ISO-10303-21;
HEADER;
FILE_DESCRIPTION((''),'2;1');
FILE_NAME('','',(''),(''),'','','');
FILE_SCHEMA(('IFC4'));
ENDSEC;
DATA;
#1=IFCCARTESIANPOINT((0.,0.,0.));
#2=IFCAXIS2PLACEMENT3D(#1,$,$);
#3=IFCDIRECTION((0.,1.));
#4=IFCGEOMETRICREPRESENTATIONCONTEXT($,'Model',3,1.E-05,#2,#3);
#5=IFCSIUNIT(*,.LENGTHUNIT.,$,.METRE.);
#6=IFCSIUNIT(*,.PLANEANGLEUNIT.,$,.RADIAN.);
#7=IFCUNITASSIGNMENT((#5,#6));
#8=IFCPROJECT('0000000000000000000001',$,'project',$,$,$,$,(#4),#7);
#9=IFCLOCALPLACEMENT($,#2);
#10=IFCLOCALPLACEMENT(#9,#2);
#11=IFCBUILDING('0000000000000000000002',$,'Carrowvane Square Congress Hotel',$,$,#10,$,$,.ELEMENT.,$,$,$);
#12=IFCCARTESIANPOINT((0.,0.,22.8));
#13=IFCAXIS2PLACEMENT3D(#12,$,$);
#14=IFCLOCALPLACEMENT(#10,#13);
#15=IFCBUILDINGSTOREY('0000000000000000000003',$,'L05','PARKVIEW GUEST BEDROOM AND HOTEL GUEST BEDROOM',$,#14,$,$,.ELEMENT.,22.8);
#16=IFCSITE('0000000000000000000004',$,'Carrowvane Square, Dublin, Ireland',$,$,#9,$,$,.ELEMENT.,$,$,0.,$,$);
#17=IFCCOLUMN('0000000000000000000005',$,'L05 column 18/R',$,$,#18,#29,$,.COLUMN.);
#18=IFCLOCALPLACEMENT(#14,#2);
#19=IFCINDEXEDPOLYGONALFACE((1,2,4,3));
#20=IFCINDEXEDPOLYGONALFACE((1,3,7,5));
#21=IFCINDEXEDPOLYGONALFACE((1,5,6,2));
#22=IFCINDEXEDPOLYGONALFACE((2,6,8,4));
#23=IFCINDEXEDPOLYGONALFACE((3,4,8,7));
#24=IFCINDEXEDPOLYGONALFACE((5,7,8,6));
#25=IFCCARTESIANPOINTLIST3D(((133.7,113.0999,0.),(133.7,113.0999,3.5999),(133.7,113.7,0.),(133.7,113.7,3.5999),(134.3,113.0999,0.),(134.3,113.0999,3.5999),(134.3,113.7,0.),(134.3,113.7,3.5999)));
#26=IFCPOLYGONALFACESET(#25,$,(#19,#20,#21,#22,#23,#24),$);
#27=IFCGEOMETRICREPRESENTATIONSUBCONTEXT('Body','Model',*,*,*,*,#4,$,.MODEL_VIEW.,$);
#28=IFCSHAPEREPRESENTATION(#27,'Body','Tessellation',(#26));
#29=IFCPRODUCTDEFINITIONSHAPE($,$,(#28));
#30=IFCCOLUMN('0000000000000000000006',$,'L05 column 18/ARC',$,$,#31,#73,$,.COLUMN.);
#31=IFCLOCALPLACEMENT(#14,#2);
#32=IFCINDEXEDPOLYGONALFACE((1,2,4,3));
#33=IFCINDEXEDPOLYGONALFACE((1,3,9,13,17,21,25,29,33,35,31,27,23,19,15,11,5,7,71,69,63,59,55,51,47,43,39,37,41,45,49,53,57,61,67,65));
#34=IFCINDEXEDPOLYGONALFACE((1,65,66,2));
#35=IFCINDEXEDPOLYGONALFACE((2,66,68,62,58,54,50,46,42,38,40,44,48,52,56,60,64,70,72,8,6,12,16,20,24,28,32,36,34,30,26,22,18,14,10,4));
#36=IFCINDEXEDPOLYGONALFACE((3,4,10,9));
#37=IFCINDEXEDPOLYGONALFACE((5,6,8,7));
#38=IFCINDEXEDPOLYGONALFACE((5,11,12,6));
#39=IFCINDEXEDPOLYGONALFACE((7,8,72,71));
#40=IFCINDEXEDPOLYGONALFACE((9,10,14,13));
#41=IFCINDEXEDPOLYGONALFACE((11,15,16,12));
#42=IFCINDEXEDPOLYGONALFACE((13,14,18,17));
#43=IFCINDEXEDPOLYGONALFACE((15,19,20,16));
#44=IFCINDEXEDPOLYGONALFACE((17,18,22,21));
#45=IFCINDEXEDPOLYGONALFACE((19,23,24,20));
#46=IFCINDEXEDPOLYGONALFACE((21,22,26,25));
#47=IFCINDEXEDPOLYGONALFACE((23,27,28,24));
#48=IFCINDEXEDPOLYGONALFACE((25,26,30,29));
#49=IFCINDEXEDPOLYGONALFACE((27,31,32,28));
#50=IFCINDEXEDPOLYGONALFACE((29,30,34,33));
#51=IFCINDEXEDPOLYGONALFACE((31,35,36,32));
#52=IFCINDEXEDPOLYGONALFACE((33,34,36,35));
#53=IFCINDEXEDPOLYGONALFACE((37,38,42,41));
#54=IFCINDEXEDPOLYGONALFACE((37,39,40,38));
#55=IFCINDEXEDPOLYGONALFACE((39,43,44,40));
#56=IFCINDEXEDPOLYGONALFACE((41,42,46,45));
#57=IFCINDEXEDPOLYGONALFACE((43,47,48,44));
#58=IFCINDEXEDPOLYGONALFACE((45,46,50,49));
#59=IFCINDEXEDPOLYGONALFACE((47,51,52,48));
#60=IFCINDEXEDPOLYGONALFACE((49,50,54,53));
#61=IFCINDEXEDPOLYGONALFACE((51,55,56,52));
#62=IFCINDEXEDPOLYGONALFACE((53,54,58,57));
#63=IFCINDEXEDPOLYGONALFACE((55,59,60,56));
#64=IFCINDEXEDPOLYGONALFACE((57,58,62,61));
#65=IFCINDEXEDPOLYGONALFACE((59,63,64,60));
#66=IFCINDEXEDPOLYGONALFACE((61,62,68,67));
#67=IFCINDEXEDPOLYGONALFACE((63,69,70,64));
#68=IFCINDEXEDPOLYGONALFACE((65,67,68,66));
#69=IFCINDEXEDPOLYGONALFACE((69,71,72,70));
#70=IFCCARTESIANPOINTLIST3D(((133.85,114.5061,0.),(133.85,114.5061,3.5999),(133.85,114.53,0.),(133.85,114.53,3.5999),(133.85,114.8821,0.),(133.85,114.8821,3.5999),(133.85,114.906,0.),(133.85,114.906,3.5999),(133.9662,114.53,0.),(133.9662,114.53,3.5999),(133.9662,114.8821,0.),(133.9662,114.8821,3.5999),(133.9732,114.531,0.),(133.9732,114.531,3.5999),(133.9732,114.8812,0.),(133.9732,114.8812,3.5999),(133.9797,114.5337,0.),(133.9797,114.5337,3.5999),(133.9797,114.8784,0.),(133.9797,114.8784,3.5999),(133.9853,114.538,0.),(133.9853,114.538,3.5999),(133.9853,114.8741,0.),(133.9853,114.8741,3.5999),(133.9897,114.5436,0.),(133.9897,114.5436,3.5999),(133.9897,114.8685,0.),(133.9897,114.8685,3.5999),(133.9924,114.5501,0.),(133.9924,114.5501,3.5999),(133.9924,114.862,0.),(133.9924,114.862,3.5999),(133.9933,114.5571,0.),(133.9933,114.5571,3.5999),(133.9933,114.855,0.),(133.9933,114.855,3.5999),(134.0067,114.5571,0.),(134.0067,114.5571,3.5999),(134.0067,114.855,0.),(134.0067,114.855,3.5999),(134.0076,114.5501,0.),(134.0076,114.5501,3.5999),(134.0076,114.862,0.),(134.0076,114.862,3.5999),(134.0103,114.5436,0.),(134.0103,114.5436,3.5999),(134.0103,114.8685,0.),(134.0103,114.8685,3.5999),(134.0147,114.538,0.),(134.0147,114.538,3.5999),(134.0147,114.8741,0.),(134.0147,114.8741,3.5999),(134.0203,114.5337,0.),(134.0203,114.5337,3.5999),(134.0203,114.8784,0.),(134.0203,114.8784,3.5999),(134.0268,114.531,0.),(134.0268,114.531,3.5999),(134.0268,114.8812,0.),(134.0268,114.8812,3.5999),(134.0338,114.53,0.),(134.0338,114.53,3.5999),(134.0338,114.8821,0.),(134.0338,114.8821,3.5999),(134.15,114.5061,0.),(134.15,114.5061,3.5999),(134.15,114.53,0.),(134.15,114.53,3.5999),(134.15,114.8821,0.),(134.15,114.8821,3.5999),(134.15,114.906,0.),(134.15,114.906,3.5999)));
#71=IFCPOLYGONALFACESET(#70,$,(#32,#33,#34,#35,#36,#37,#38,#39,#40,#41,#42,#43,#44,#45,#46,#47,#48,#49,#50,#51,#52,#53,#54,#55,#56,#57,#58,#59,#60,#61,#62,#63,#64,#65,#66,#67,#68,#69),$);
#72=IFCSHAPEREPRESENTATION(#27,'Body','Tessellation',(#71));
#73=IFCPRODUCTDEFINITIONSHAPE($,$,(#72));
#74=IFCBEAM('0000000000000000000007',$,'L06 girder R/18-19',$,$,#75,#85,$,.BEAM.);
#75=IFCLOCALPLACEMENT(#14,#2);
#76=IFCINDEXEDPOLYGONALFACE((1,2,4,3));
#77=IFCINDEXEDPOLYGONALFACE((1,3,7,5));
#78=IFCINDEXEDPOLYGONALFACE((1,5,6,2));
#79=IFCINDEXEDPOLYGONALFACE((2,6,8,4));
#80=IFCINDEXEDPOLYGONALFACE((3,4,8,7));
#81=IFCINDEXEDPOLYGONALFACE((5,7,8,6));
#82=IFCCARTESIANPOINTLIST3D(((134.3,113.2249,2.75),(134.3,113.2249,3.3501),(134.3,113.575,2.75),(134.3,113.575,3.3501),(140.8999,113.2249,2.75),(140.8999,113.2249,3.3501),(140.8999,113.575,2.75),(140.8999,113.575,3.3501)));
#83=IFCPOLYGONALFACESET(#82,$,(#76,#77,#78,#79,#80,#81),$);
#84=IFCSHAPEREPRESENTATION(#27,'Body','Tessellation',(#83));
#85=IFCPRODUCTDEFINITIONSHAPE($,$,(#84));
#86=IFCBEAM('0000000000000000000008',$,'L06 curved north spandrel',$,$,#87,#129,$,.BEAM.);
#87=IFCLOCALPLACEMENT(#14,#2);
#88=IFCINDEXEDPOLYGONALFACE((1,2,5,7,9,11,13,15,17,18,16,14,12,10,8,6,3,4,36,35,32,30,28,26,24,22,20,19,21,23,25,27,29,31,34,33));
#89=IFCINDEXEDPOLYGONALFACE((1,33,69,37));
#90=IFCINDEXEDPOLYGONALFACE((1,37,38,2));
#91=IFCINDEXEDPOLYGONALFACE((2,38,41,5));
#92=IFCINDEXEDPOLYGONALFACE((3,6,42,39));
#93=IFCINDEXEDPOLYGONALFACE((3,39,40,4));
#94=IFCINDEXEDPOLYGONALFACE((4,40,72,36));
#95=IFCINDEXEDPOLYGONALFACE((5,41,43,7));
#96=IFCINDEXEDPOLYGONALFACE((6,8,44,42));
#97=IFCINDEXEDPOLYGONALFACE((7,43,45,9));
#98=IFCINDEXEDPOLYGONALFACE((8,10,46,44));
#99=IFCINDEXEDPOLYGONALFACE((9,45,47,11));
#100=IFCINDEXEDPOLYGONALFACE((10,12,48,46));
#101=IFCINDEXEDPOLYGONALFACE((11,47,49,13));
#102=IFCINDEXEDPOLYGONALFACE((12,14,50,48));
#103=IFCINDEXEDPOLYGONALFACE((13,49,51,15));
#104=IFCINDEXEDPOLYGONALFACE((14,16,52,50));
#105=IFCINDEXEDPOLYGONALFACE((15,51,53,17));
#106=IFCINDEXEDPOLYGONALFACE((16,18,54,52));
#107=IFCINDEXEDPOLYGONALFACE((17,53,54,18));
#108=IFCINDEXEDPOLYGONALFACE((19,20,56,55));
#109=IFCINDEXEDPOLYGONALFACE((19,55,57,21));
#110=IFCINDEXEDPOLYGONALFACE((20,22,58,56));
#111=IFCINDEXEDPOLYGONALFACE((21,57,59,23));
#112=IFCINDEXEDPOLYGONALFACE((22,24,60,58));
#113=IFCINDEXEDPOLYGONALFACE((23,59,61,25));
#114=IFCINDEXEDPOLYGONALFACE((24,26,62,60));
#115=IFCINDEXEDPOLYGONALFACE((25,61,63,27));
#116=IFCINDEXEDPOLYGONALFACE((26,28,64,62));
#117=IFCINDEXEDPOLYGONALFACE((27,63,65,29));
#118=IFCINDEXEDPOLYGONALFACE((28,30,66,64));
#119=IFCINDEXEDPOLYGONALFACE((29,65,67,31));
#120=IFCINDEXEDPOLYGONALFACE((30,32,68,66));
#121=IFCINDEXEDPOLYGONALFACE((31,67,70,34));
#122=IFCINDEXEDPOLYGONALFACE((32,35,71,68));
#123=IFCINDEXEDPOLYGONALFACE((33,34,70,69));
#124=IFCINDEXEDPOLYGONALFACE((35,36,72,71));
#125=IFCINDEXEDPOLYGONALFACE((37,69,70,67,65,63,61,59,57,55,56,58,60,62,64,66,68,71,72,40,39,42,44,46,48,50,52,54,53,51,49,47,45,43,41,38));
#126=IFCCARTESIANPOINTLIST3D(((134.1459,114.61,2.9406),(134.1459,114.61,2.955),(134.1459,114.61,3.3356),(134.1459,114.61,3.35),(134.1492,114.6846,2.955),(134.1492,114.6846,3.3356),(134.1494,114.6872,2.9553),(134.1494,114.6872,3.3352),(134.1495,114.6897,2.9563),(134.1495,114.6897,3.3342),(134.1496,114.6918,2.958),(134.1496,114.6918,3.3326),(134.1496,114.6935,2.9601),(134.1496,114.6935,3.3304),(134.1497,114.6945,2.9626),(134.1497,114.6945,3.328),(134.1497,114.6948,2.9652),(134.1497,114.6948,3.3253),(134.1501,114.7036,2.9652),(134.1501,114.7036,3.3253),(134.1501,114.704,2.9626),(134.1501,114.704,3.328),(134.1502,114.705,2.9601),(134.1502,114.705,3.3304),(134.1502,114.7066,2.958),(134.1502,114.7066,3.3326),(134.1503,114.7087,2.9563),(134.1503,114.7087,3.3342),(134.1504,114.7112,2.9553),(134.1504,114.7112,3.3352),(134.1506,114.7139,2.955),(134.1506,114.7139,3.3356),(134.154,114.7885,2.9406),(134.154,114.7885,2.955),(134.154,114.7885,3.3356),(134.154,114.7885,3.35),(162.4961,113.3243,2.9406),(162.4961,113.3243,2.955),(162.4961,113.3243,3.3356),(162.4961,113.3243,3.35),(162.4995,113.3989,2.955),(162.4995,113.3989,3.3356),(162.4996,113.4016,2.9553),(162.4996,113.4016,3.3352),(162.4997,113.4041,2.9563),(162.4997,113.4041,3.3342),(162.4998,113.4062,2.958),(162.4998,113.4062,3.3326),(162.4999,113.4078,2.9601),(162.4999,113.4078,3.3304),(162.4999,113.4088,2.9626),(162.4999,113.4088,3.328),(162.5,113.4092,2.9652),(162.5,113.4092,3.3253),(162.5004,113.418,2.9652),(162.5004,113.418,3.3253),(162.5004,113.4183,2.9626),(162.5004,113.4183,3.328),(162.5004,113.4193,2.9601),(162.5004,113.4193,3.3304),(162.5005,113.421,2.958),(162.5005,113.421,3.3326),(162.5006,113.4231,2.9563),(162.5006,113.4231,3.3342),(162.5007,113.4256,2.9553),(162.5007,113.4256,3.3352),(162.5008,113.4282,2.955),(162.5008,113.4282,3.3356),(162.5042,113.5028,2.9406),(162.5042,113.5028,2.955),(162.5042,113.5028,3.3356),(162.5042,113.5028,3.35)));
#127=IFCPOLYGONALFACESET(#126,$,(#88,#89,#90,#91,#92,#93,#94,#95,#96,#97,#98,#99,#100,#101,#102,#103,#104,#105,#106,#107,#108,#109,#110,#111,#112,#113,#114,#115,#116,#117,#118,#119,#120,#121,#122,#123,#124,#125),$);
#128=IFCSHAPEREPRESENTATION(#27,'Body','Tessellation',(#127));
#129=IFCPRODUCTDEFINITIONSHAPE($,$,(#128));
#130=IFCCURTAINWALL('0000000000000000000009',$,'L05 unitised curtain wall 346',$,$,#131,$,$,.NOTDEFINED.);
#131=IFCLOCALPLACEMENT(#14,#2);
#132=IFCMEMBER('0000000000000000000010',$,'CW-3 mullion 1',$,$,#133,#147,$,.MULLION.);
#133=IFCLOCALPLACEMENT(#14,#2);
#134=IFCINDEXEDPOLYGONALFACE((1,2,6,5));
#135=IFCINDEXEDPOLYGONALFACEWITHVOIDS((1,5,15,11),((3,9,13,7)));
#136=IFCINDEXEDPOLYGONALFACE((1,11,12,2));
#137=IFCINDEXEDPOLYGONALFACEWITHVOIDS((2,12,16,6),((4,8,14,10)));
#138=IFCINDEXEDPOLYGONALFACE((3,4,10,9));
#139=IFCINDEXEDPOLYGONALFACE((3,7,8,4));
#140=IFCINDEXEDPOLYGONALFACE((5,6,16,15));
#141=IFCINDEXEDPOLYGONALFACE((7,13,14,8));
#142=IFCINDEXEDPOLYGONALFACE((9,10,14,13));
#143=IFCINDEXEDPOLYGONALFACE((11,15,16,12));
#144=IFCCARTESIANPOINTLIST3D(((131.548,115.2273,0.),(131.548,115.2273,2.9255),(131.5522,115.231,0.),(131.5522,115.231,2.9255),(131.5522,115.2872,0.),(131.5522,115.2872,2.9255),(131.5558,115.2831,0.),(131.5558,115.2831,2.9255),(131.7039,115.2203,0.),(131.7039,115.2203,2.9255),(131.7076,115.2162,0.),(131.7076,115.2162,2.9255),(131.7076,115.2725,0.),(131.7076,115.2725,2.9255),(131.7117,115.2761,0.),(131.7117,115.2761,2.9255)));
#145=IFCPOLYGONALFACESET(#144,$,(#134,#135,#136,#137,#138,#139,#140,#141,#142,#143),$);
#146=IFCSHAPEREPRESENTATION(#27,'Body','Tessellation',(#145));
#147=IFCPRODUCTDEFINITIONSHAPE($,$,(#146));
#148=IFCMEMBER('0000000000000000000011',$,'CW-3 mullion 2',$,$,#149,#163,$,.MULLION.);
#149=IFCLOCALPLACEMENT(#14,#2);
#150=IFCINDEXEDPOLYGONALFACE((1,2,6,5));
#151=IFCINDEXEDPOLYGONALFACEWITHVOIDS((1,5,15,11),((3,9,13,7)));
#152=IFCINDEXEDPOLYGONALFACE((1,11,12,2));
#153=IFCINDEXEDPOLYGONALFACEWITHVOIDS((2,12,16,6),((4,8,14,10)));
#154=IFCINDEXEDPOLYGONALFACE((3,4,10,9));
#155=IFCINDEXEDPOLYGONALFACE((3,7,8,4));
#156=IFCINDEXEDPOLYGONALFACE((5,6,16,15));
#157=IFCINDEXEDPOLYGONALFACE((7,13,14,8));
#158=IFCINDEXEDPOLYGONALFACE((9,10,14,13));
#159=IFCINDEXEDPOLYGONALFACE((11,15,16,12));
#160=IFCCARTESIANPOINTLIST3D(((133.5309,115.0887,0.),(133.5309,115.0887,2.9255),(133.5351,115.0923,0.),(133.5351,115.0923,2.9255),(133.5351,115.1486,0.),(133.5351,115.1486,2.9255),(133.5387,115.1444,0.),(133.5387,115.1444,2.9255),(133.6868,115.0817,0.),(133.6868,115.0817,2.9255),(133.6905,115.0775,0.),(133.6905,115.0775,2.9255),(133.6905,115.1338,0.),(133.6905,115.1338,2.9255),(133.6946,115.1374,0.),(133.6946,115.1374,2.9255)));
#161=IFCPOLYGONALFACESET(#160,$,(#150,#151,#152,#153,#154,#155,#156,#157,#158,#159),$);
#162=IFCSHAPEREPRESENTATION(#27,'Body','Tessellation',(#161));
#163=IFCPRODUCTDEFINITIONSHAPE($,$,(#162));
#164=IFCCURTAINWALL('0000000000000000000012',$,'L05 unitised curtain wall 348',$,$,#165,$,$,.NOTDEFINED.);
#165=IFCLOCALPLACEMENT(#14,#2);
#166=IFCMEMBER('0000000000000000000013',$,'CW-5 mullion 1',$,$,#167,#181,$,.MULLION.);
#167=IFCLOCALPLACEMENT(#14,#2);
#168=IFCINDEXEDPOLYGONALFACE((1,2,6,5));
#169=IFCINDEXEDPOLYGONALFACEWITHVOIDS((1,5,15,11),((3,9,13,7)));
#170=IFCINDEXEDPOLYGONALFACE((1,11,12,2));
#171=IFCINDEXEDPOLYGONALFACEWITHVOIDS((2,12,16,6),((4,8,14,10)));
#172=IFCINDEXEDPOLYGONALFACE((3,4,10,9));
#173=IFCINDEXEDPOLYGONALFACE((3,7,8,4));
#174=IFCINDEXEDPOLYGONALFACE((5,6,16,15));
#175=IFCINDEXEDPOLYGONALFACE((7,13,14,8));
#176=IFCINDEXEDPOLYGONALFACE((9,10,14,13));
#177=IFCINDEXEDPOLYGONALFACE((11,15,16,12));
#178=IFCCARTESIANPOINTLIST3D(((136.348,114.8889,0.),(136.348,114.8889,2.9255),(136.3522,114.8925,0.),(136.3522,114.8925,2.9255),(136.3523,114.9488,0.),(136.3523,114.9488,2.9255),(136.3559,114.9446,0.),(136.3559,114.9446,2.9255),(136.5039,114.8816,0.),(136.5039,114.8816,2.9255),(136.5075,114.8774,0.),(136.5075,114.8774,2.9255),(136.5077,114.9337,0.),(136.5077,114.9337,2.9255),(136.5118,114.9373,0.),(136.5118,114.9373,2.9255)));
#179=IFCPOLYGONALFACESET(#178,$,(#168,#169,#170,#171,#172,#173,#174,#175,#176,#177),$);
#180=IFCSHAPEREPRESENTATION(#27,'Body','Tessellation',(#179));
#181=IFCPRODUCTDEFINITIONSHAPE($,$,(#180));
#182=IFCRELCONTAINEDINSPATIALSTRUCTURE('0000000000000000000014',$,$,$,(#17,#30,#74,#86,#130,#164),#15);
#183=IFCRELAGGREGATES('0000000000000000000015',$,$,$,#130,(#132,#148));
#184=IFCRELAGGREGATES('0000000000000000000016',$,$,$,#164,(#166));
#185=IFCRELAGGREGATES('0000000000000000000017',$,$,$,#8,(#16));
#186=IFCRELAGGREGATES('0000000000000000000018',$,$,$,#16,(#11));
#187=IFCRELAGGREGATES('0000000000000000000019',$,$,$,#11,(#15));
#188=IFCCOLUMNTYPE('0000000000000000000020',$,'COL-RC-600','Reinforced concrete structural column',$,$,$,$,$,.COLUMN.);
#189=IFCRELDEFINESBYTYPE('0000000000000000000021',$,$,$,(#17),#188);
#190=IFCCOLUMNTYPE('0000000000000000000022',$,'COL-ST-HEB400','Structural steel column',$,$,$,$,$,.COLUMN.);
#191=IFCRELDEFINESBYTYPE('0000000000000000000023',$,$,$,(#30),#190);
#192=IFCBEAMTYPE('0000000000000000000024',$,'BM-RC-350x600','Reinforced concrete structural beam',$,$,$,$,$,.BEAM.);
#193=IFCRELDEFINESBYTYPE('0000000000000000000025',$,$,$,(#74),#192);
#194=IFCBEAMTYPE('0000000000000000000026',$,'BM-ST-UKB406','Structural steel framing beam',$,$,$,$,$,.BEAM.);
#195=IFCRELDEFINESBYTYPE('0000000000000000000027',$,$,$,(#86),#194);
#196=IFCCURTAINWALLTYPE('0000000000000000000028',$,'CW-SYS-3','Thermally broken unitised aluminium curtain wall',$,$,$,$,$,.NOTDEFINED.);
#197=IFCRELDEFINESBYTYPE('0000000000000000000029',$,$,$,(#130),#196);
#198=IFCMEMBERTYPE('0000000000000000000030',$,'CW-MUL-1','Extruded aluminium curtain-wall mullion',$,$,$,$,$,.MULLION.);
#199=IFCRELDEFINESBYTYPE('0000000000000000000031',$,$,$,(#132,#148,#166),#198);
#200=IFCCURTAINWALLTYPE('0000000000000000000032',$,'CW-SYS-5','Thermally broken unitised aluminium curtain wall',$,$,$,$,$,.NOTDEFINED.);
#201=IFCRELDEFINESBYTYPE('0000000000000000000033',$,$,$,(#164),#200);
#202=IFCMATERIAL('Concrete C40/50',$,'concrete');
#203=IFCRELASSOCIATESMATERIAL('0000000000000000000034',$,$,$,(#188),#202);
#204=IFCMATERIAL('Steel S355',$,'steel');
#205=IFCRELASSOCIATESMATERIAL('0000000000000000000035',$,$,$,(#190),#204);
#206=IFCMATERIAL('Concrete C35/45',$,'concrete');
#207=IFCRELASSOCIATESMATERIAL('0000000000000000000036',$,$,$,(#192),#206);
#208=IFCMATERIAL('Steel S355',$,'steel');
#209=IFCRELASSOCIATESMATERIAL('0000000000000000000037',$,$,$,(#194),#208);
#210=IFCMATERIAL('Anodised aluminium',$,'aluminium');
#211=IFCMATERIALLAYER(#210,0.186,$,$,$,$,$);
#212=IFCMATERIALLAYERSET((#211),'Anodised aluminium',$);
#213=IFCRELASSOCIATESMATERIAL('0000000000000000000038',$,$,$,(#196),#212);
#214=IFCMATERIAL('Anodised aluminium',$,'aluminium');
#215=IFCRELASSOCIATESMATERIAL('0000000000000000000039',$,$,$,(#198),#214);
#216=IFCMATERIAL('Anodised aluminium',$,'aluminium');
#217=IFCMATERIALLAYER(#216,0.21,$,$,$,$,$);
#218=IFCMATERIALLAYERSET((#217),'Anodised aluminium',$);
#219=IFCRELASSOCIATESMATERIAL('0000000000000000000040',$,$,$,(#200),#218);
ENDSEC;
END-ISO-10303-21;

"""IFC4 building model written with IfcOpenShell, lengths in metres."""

from ifc_helpers import new_model, si_unit, direction, frame, origin, origin_2d, place, context, subcontext, project, spatial, rectangle, hollow_rectangle, i_section, extrude, material, layer, layer_set, material_profile, profile_set, type_object, element, aggregate, save


model = new_model("IFC4")

# Units and contexts
model_context = context("Model", 3, precision=1e-05, world=origin(), true_north=direction((0.0, 1.0)))
body_context = subcontext(model_context, "Body", "Model", "MODEL_VIEW")
ifc_project = project(units=[si_unit("LENGTHUNIT", "METRE"), si_unit("PLANEANGLEUNIT", "RADIAN")], contexts=[model_context])

# Site, building, storey
site_placement = place(None, origin())
site = spatial("IfcSite", under=ifc_project, at=site_placement, Name="Carrowvane Square, Dublin, Ireland", CompositionType="ELEMENT", RefElevation=0.0)
building_placement = place(site_placement, origin())
building = spatial("IfcBuilding", under=site, at=building_placement, Name="Carrowvane Square Congress Hotel", CompositionType="ELEMENT")
storey_placement = place(building_placement, frame((0.0, 0.0, 22.8)))
storey = spatial("IfcBuildingStorey", under=building, at=storey_placement, Name="L05", Description="PARKVIEW GUEST BEDROOM AND HOTEL GUEST BEDROOM", CompositionType="ELEMENT", Elevation=22.8)

# Columns
ifc_material_1 = material(Name="Concrete C40/50", Category="concrete")
ifc_material_profile_1 = material_profile(ifc_material_1, rectangle(XDim=0.6001, YDim=0.6001, at=origin_2d()), Name="RC 600x600")
ifc_profile_set_1 = profile_set([ifc_material_profile_1], Name="Concrete C40/50")
column_type_1 = type_object("IfcColumnType", Name="COL-RC-600", Description="Reinforced concrete structural column", PredefinedType="COLUMN", material=ifc_profile_set_1)
column_1_placement = place(storey_placement, frame((134.0, 113.3999, 0.0), z_axis=(0.0, 0.0, 1.0), x_axis=(1.0, 0.0, 0.0)))
element("IfcColumn", 1, at=column_1_placement, inside=storey, type_object=column_type_1, Name="L05 column 18/R", PredefinedType="COLUMN", context=body_context, shape_type="SweptSolid", body=[
    extrude(rectangle(XDim=0.6001, YDim=0.6001, at=origin_2d()), origin(), (0.0, 0.0, 1.0), 3.5999),
])
ifc_material_2 = material(Name="Steel S355", Category="steel")
ifc_material_profile_2 = material_profile(ifc_material_2, i_section(OverallWidth=0.3, OverallDepth=0.3999, WebThickness=0.0134, FlangeThickness=0.0239, FilletRadius=0.0271, at=origin_2d()), Name="HEB 400")
ifc_profile_set_2 = profile_set([ifc_material_profile_2], Name="Steel S355")
column_type_2 = type_object("IfcColumnType", Name="COL-ST-HEB400", Description="Structural steel column", PredefinedType="COLUMN", material=ifc_profile_set_2)
column_2_placement = place(storey_placement, frame((134.0, 114.7061, 0.0), z_axis=(0.0, 0.0, 1.0), x_axis=(1.0, 0.0, 0.0)))
element("IfcColumn", 2, at=column_2_placement, inside=storey, type_object=column_type_2, Name="L05 column 18/ARC", PredefinedType="COLUMN", context=body_context, shape_type="SweptSolid", body=[
    extrude(i_section(OverallWidth=0.3, OverallDepth=0.3999, WebThickness=0.0134, FlangeThickness=0.0239, FilletRadius=0.0271, at=origin_2d()), origin(), (0.0, 0.0, 1.0), 3.5999),
])

# Beams
ifc_material_3 = material(Name="Concrete C35/45", Category="concrete")
ifc_material_profile_3 = material_profile(ifc_material_3, rectangle(XDim=0.3501, YDim=0.6001, at=origin_2d()), Name="RC 350x600")
ifc_profile_set_3 = profile_set([ifc_material_profile_3], Name="Concrete C35/45")
beam_type_1 = type_object("IfcBeamType", Name="BM-RC-350x600", Description="Reinforced concrete structural beam", PredefinedType="BEAM", material=ifc_profile_set_3)
beam_1_placement = place(storey_placement, frame((134.3, 113.3999, 3.05), z_axis=(1.0, 0.0, 0.0), x_axis=(0.0, 1.0, 0.0)))
element("IfcBeam", 3, at=beam_1_placement, inside=storey, type_object=beam_type_1, Name="L06 girder R/18-19", PredefinedType="BEAM", context=body_context, shape_type="SweptSolid", body=[
    extrude(rectangle(XDim=0.3501, YDim=0.6001, at=origin_2d()), origin(), (0.0, 0.0, 1.0), 6.5999),
])
ifc_material_4 = material(Name="Steel S355", Category="steel")
ifc_material_profile_4 = material_profile(ifc_material_4, i_section(OverallWidth=0.1787, OverallDepth=0.4094, WebThickness=0.0088, FlangeThickness=0.0144, FilletRadius=0.0103, at=origin_2d()), Name="UKB 406x178x67")
ifc_profile_set_4 = profile_set([ifc_material_profile_4], Name="Steel S355")
beam_type_2 = type_object("IfcBeamType", Name="BM-ST-UKB406", Description="Structural steel framing beam", PredefinedType="BEAM", material=ifc_profile_set_4)
beam_2_placement = place(storey_placement, frame((134.1499, 114.6992, 3.1453), z_axis=(0.998973, -0.045302, 0.0), x_axis=(0.045302, 0.998973, 0.0)))
element("IfcBeam", 4, at=beam_2_placement, inside=storey, type_object=beam_type_2, Name="L06 curved north spandrel", PredefinedType="BEAM", context=body_context, shape_type="SweptSolid", body=[
    extrude(i_section(OverallWidth=0.1787, OverallDepth=0.4094, WebThickness=0.0088, FlangeThickness=0.0144, FilletRadius=0.0103, at=origin_2d()), origin(), (0.0, 0.0, 1.0), 28.3794),
])

# Curtain walls, members
ifc_material_5 = material(Name="Anodised aluminium", Category="aluminium")
ifc_layer_1 = layer(ifc_material_5, 0.186)
ifc_layer_set_1 = layer_set([ifc_layer_1], Name="Anodised aluminium")
curtain_wall_type_1 = type_object("IfcCurtainWallType", Name="CW-SYS-3", Description="Thermally broken unitised aluminium curtain wall", PredefinedType="NOTDEFINED", material=ifc_layer_set_1)
curtain_wall_1_placement = place(storey_placement, origin())
curtain_wall_1 = element("IfcCurtainWall", 5, at=curtain_wall_1_placement, inside=storey, type_object=curtain_wall_type_1, Name="L05 unitised curtain wall 346", PredefinedType="NOTDEFINED")
ifc_material_6 = material(Name="Anodised aluminium", Category="aluminium")
ifc_material_profile_5 = material_profile(ifc_material_6, hollow_rectangle(XDim=0.0601, YDim=0.1599, WallThickness=0.0039, at=origin_2d()), Name="CW-ML 60x160x4")
ifc_profile_set_5 = profile_set([ifc_material_profile_5], Name="Anodised aluminium")
member_type_1 = type_object("IfcMemberType", Name="CW-MUL-1", Description="Extruded aluminium curtain-wall mullion", PredefinedType="MULLION", material=ifc_profile_set_5)
member_1_placement = place(storey_placement, frame((131.6299, 115.2517, 0.0), z_axis=(0.0, 0.0, 1.0), x_axis=(0.069727, 0.997566, 0.0)))
member_1 = element("IfcMember", 6, at=member_1_placement, type_object=member_type_1, Name="CW-3 mullion 1", PredefinedType="MULLION", context=body_context, shape_type="SweptSolid", body=[
    extrude(hollow_rectangle(XDim=0.0601, YDim=0.1599, WallThickness=0.0039, at=origin_2d()), origin(), (0.0, 0.0, 1.0), 2.9255),
])
member_2_placement = place(storey_placement, frame((133.6128, 115.113, 0.0), z_axis=(0.0, 0.0, 1.0), x_axis=(0.069727, 0.997566, 0.0)))
member_2 = element("IfcMember", 7, at=member_2_placement, type_object=member_type_1, Name="CW-3 mullion 2", PredefinedType="MULLION", context=body_context, shape_type="SweptSolid", body=[
    extrude(hollow_rectangle(XDim=0.0601, YDim=0.1599, WallThickness=0.0039, at=origin_2d()), origin(), (0.0, 0.0, 1.0), 2.9255),
])
ifc_material_7 = material(Name="Anodised aluminium", Category="aluminium")
ifc_layer_2 = layer(ifc_material_7, 0.21)
ifc_layer_set_2 = layer_set([ifc_layer_2], Name="Anodised aluminium")
curtain_wall_type_2 = type_object("IfcCurtainWallType", Name="CW-SYS-5", Description="Thermally broken unitised aluminium curtain wall", PredefinedType="NOTDEFINED", material=ifc_layer_set_2)
curtain_wall_2_placement = place(storey_placement, origin())
curtain_wall_2 = element("IfcCurtainWall", 8, at=curtain_wall_2_placement, inside=storey, type_object=curtain_wall_type_2, Name="L05 unitised curtain wall 348", PredefinedType="NOTDEFINED")
member_3_placement = place(storey_placement, frame((136.4299, 114.9131, 0.0), z_axis=(0.0, 0.0, 1.0), x_axis=(0.071532, 0.997438, 0.0)))
member_3 = element("IfcMember", 9, at=member_3_placement, type_object=member_type_1, Name="CW-5 mullion 1", PredefinedType="MULLION", context=body_context, shape_type="SweptSolid", body=[
    extrude(hollow_rectangle(XDim=0.0601, YDim=0.1599, WallThickness=0.0039, at=origin_2d()), origin(), (0.0, 0.0, 1.0), 2.9255),
])

aggregate(curtain_wall_1, [member_1, member_2])
aggregate(curtain_wall_2, [member_3])

save(model, "model.ifc")
